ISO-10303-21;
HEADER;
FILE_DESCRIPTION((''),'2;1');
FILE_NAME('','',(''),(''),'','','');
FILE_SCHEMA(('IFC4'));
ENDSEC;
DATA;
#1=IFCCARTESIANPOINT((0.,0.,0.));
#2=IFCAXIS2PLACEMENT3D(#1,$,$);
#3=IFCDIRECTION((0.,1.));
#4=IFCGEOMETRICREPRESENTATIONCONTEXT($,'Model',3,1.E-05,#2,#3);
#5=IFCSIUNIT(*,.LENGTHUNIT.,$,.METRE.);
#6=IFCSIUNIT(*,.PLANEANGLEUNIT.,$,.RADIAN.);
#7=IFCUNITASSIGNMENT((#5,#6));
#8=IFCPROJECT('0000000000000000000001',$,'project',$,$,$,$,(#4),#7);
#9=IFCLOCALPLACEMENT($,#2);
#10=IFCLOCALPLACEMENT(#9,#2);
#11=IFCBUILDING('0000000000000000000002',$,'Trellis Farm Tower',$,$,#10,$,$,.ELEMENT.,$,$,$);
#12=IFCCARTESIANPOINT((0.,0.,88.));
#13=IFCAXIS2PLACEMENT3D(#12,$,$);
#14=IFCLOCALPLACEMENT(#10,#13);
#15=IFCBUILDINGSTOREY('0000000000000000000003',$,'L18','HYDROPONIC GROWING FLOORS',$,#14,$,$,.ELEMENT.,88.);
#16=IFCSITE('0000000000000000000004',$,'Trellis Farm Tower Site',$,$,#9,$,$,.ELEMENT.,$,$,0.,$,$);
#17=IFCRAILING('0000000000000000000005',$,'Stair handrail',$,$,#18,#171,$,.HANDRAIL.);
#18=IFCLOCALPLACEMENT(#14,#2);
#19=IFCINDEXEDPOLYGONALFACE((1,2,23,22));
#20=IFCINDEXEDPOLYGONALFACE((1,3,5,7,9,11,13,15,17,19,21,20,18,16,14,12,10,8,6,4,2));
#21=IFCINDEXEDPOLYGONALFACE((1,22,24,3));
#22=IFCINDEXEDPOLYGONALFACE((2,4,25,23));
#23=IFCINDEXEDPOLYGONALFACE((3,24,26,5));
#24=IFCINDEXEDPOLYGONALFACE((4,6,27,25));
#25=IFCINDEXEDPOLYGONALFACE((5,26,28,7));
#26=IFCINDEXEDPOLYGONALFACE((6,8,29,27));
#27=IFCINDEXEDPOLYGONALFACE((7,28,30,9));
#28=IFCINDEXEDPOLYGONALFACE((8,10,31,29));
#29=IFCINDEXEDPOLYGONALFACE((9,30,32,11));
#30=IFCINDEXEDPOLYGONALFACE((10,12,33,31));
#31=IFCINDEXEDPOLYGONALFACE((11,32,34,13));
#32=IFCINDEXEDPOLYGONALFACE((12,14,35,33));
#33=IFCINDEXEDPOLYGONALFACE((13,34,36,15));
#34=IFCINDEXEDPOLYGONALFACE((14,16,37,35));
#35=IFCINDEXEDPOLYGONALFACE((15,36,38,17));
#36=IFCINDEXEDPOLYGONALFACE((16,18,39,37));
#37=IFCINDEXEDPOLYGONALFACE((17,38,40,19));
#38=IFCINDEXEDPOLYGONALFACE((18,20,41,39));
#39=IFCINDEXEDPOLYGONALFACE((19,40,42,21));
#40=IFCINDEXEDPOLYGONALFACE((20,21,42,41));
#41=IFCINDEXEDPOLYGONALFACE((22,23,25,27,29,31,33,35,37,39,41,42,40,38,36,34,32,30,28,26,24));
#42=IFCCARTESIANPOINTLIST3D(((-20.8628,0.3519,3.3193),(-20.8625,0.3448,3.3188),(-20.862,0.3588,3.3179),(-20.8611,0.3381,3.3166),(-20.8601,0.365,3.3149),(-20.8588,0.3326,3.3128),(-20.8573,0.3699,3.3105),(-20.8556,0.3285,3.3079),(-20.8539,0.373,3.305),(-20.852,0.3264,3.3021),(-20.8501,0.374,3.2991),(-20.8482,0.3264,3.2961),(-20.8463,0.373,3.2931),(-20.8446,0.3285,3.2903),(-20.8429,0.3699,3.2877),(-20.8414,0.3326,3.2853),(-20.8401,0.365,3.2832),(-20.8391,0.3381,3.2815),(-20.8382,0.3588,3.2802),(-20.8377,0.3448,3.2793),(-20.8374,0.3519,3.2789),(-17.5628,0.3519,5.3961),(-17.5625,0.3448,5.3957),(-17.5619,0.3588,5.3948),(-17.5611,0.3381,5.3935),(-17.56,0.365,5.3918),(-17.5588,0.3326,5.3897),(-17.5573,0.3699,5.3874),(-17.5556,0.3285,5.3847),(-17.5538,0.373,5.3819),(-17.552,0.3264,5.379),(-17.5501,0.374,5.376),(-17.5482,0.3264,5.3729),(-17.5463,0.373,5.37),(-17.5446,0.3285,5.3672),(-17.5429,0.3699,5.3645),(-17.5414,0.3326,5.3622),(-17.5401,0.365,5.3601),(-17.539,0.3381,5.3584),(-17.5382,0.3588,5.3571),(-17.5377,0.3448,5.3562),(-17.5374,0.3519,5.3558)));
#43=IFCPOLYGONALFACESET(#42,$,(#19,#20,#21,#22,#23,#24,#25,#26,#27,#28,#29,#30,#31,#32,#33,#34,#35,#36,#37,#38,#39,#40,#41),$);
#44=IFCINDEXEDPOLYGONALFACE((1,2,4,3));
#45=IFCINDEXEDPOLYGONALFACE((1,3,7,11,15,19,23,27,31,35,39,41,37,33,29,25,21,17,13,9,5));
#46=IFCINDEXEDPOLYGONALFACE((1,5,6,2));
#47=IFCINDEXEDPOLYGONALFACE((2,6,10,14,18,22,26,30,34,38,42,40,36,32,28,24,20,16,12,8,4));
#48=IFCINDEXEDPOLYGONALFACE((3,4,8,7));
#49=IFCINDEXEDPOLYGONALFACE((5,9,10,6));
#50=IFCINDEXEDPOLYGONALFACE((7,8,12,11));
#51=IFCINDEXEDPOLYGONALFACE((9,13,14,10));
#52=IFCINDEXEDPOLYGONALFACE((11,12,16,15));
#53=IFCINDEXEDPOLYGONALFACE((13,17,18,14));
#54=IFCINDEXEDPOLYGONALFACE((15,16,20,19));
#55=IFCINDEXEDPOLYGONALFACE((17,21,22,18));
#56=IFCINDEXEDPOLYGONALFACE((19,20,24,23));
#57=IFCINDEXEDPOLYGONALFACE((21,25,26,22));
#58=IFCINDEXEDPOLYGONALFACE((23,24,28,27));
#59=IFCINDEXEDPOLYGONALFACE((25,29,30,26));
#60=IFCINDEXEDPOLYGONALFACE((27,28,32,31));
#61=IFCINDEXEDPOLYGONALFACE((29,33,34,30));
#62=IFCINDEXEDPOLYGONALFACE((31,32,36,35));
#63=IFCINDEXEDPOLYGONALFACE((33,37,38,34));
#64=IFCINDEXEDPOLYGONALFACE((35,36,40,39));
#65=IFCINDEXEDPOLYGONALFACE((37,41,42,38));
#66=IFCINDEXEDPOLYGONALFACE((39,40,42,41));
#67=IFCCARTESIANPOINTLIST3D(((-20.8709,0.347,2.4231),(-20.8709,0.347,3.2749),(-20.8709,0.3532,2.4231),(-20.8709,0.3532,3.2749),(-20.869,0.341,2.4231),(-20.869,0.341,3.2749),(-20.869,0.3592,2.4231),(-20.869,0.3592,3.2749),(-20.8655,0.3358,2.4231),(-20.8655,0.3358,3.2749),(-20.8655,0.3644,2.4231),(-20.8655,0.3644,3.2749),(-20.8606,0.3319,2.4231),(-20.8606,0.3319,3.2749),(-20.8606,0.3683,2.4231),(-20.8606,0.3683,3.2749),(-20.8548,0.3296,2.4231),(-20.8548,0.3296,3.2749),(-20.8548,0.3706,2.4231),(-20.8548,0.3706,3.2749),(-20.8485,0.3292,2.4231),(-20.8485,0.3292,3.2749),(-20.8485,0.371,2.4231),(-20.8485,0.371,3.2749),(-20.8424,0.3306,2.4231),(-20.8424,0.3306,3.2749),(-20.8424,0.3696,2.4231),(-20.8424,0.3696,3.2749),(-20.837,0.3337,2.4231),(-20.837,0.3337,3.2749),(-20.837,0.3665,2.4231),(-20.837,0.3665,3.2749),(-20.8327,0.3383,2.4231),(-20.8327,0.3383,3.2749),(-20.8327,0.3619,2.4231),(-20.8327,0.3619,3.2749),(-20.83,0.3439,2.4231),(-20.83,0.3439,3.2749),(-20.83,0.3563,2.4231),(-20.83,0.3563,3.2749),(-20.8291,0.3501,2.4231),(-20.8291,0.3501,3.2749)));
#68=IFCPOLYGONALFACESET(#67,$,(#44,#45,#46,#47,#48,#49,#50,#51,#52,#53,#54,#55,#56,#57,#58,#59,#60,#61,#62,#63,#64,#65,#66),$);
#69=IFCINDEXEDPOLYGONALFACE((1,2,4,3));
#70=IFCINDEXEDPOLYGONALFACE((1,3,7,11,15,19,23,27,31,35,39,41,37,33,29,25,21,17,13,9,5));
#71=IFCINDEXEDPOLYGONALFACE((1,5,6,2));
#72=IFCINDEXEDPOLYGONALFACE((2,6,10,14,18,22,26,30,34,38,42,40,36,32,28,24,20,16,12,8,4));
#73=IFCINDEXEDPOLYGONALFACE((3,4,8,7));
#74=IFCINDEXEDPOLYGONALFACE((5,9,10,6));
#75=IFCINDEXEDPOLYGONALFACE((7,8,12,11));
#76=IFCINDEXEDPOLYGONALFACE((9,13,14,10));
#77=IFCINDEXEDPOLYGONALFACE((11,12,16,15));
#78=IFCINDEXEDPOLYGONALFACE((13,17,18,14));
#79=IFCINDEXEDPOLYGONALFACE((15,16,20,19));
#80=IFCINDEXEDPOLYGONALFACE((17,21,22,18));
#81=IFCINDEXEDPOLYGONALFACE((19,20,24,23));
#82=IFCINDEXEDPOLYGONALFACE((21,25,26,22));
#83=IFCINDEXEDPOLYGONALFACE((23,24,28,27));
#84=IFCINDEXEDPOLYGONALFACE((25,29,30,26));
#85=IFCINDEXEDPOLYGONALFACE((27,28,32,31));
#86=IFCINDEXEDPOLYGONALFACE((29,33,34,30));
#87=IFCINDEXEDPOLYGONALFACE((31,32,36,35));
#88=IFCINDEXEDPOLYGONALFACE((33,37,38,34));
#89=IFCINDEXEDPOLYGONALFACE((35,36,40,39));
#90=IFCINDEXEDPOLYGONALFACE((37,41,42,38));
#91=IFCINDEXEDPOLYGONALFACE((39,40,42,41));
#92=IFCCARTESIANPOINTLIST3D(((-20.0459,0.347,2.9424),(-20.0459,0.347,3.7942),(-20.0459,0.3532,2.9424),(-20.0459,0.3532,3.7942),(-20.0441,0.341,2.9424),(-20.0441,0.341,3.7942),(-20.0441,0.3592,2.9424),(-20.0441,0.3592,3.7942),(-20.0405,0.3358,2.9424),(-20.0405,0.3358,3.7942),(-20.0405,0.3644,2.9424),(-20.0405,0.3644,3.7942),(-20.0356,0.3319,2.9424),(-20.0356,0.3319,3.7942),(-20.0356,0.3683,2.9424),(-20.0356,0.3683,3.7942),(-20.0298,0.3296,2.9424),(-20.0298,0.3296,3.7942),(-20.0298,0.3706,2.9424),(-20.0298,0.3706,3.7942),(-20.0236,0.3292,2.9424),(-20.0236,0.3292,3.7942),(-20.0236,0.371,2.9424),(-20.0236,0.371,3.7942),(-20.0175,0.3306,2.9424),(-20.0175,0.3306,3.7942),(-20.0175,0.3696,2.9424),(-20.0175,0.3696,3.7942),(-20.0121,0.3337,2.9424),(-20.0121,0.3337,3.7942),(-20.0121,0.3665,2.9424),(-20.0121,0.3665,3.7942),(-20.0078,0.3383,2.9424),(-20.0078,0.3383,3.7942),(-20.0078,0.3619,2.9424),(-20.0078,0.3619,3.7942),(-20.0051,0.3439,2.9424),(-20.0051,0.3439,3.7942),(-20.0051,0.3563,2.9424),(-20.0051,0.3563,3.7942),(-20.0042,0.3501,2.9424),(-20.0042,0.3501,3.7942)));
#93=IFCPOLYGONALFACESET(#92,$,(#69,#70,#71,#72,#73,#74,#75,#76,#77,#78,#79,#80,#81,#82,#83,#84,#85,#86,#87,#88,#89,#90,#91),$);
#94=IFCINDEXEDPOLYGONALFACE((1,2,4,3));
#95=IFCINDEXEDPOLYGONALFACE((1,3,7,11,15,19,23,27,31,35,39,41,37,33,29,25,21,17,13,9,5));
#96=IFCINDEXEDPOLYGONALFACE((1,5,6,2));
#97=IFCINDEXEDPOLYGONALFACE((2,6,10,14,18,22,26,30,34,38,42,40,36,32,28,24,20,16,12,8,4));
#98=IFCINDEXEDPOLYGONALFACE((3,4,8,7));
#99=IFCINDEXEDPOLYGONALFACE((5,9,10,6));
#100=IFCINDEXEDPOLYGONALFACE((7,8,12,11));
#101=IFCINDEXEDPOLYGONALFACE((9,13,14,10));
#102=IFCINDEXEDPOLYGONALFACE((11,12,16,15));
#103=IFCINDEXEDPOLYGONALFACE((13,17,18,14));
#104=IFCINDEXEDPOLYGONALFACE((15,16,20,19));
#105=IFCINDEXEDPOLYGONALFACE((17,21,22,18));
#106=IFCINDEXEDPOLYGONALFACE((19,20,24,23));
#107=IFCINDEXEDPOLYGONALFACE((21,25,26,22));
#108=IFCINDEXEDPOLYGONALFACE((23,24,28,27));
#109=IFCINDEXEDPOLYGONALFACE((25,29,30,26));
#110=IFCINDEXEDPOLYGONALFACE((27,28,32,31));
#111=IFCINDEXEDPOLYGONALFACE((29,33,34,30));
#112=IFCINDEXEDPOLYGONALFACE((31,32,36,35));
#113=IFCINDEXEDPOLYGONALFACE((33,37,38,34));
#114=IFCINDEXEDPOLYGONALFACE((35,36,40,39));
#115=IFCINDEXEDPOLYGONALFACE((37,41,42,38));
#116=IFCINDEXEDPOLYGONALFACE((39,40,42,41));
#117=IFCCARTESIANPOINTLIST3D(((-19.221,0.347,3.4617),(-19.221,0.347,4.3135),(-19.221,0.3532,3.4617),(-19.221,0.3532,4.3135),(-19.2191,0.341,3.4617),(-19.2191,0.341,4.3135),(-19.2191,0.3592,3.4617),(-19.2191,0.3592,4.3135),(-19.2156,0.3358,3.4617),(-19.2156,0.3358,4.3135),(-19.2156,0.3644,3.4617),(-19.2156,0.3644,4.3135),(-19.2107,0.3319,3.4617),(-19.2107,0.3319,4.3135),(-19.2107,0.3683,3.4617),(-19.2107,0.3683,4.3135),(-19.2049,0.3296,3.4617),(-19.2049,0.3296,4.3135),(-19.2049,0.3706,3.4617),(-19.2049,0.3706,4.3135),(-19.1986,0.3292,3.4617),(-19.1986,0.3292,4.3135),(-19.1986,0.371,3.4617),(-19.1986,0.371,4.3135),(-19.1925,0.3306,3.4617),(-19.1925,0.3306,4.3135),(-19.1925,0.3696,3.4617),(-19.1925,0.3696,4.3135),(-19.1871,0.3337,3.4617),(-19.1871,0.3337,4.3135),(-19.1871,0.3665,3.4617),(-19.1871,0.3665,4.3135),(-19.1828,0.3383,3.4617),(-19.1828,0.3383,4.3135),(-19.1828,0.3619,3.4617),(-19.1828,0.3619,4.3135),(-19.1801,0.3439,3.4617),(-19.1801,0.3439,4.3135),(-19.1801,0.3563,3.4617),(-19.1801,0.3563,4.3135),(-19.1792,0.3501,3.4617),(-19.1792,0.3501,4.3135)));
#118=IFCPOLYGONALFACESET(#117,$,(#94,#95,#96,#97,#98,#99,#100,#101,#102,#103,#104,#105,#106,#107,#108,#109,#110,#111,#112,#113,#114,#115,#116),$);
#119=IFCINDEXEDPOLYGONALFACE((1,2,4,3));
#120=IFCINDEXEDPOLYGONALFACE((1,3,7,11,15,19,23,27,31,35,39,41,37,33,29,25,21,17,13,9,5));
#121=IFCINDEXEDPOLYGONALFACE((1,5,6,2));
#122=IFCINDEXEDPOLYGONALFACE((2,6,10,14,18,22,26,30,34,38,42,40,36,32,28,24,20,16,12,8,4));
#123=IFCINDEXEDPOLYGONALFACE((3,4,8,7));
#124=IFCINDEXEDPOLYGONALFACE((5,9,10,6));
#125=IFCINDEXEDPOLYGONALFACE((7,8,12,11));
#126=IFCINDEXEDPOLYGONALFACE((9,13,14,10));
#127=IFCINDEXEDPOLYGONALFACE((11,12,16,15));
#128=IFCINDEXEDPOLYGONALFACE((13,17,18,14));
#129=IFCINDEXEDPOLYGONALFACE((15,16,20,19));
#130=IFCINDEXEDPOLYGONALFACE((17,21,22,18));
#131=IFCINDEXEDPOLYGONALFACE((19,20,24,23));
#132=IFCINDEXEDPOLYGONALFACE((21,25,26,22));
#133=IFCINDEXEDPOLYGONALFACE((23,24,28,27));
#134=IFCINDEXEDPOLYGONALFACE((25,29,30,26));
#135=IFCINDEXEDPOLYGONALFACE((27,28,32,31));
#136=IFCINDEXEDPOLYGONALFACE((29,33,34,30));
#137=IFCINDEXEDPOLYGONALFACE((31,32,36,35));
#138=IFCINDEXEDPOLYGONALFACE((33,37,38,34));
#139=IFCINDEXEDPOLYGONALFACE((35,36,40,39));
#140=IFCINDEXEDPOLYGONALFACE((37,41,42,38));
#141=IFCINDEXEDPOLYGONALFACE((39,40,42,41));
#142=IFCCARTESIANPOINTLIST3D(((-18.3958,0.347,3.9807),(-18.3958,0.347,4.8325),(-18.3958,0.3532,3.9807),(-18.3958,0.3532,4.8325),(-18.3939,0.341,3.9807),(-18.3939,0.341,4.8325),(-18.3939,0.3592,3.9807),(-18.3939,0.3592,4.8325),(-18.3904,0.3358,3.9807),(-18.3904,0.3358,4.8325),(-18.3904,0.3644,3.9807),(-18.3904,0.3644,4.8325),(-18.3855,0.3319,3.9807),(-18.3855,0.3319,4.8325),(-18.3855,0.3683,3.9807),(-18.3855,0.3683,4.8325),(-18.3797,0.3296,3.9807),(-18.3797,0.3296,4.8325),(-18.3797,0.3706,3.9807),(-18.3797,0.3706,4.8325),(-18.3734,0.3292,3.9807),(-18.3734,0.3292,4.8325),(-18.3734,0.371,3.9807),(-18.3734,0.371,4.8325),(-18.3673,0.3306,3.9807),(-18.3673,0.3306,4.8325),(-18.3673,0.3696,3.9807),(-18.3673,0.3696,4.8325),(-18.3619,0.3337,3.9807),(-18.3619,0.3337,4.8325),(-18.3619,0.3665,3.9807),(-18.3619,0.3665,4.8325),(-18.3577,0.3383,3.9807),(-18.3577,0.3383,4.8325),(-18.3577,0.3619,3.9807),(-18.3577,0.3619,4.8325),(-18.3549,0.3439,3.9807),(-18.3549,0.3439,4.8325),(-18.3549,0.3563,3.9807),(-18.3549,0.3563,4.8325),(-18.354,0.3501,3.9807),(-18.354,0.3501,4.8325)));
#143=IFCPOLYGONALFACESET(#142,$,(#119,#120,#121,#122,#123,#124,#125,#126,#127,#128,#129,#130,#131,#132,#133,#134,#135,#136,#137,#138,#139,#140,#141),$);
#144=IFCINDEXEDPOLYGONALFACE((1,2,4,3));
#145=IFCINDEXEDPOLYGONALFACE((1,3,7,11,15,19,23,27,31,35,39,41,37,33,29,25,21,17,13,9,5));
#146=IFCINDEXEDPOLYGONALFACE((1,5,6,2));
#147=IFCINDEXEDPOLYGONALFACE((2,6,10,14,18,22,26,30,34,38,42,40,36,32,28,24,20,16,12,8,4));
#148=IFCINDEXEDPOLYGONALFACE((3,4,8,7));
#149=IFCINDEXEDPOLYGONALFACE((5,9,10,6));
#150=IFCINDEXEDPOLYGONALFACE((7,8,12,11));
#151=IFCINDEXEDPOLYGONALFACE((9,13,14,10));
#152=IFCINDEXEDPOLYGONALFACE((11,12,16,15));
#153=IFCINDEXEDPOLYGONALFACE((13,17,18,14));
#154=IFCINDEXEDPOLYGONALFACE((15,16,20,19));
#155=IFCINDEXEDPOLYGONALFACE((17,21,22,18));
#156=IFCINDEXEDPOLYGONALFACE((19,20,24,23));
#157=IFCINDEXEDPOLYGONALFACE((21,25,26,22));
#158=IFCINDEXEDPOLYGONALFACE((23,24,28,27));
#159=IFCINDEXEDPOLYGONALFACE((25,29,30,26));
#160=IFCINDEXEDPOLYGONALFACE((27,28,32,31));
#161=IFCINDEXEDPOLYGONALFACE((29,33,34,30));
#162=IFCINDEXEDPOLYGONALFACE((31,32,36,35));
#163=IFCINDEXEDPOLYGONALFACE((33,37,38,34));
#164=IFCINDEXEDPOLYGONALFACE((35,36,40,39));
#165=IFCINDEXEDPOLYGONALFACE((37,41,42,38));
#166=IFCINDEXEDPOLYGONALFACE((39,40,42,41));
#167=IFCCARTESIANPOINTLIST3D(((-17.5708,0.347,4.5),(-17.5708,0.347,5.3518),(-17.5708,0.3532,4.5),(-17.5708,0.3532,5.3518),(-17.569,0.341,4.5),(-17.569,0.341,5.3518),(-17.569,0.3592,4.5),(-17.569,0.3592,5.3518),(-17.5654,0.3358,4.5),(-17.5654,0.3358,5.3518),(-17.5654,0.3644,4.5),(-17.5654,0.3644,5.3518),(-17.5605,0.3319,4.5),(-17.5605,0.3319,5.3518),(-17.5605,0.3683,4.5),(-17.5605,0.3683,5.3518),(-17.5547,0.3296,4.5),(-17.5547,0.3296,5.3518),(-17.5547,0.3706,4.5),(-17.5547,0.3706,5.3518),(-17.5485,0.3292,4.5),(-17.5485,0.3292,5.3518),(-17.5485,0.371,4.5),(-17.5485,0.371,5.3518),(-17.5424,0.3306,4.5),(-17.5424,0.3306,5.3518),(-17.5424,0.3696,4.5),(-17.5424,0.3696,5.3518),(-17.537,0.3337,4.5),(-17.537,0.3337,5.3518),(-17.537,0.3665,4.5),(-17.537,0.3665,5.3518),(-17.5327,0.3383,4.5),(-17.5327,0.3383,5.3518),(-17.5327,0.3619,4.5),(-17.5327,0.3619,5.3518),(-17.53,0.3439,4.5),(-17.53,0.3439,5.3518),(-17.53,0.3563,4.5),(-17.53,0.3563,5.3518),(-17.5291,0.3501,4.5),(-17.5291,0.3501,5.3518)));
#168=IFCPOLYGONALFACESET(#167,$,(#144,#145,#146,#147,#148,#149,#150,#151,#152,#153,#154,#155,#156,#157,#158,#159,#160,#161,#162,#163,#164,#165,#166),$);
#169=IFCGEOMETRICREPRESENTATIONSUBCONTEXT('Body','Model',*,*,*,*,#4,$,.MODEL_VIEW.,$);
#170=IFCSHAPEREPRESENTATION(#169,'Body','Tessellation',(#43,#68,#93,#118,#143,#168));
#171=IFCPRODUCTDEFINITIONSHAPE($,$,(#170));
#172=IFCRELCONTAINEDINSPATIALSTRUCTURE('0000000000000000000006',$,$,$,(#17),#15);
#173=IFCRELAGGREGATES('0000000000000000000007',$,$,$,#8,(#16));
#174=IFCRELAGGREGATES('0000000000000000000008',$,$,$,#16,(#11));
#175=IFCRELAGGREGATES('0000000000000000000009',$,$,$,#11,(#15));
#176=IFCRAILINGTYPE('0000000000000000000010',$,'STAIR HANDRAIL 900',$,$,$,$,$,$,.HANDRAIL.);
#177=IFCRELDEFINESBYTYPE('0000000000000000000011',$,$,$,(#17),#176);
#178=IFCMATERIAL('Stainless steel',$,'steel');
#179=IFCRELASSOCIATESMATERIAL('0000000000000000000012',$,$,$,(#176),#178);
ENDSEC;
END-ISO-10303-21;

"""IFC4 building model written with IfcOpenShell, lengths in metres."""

from ifc_helpers import new_model, si_unit, direction, frame, origin, origin_2d, place, context, subcontext, project, spatial, circle, extrude, source, transform, mapped, material, type_object, element, save


model = new_model("IFC4")

# Units and contexts
model_context = context("Model", 3, precision=1e-05, world=origin(), true_north=direction((0.0, 1.0)))
body_context = subcontext(model_context, "Body", "Model", "MODEL_VIEW")
ifc_project = project(units=[si_unit("LENGTHUNIT", "METRE"), si_unit("PLANEANGLEUNIT", "RADIAN")], contexts=[model_context])

# Site, building, storey
site_placement = place(None, origin())
site = spatial("IfcSite", under=ifc_project, at=site_placement, Name="Trellis Farm Tower Site", CompositionType="ELEMENT", RefElevation=0.0)
building_placement = place(site_placement, origin())
building = spatial("IfcBuilding", under=site, at=building_placement, Name="Trellis Farm Tower", CompositionType="ELEMENT")
storey_placement = place(building_placement, frame((0.0, 0.0, 88.0)))
storey = spatial("IfcBuildingStorey", under=building, at=storey_placement, Name="L18", Description="HYDROPONIC GROWING FLOORS", CompositionType="ELEMENT", Elevation=88.0)

# Railing
ifc_material_1 = material(Name="Stainless steel", Category="steel")
railing_type = type_object("IfcRailingType", Name="STAIR HANDRAIL 900", PredefinedType="HANDRAIL", material=ifc_material_1)
shared_shape_1 = source(origin(), body_context, "Body", "SweptSolid", [
    extrude(circle(Radius=0.0239, at=origin_2d()), frame((0.0, 0.0, 0.876), z_axis=(0.846337, 0.0, 0.532647), x_axis=(0.0, 1.0, 0.0)), (0.0, 0.0, 1.0), 3.8992),
    extrude(circle(Radius=0.021, at=origin_2d()), origin(), (0.0, 0.0, 1.0), 0.8518),
    extrude(circle(Radius=0.021, at=origin_2d()), frame((0.825, 0.0, 0.5193)), (0.0, 0.0, 1.0), 0.8518),
    extrude(circle(Radius=0.021, at=origin_2d()), frame((1.6499, 0.0, 1.0386)), (0.0, 0.0, 1.0), 0.8518),
    extrude(circle(Radius=0.021, at=origin_2d()), frame((2.4751, 0.0, 1.5576)), (0.0, 0.0, 1.0), 0.8518),
    extrude(circle(Radius=0.021, at=origin_2d()), frame((3.3, 0.0, 2.0769)), (0.0, 0.0, 1.0), 0.8518),
])
for number, where, name in (
    (1, (-20.8501, 0.3501, 2.4231), "Stair handrail"),
):
    element("IfcRailing", number, at=place(storey_placement, frame(where)), inside=storey, type_object=railing_type, Name=name, PredefinedType="HANDRAIL", context=body_context, shape_type="MappedRepresentation", body=[
        mapped(shared_shape_1, transform((0.0, 0.0, 0.0))),
    ])

save(model, "model.ifc")
